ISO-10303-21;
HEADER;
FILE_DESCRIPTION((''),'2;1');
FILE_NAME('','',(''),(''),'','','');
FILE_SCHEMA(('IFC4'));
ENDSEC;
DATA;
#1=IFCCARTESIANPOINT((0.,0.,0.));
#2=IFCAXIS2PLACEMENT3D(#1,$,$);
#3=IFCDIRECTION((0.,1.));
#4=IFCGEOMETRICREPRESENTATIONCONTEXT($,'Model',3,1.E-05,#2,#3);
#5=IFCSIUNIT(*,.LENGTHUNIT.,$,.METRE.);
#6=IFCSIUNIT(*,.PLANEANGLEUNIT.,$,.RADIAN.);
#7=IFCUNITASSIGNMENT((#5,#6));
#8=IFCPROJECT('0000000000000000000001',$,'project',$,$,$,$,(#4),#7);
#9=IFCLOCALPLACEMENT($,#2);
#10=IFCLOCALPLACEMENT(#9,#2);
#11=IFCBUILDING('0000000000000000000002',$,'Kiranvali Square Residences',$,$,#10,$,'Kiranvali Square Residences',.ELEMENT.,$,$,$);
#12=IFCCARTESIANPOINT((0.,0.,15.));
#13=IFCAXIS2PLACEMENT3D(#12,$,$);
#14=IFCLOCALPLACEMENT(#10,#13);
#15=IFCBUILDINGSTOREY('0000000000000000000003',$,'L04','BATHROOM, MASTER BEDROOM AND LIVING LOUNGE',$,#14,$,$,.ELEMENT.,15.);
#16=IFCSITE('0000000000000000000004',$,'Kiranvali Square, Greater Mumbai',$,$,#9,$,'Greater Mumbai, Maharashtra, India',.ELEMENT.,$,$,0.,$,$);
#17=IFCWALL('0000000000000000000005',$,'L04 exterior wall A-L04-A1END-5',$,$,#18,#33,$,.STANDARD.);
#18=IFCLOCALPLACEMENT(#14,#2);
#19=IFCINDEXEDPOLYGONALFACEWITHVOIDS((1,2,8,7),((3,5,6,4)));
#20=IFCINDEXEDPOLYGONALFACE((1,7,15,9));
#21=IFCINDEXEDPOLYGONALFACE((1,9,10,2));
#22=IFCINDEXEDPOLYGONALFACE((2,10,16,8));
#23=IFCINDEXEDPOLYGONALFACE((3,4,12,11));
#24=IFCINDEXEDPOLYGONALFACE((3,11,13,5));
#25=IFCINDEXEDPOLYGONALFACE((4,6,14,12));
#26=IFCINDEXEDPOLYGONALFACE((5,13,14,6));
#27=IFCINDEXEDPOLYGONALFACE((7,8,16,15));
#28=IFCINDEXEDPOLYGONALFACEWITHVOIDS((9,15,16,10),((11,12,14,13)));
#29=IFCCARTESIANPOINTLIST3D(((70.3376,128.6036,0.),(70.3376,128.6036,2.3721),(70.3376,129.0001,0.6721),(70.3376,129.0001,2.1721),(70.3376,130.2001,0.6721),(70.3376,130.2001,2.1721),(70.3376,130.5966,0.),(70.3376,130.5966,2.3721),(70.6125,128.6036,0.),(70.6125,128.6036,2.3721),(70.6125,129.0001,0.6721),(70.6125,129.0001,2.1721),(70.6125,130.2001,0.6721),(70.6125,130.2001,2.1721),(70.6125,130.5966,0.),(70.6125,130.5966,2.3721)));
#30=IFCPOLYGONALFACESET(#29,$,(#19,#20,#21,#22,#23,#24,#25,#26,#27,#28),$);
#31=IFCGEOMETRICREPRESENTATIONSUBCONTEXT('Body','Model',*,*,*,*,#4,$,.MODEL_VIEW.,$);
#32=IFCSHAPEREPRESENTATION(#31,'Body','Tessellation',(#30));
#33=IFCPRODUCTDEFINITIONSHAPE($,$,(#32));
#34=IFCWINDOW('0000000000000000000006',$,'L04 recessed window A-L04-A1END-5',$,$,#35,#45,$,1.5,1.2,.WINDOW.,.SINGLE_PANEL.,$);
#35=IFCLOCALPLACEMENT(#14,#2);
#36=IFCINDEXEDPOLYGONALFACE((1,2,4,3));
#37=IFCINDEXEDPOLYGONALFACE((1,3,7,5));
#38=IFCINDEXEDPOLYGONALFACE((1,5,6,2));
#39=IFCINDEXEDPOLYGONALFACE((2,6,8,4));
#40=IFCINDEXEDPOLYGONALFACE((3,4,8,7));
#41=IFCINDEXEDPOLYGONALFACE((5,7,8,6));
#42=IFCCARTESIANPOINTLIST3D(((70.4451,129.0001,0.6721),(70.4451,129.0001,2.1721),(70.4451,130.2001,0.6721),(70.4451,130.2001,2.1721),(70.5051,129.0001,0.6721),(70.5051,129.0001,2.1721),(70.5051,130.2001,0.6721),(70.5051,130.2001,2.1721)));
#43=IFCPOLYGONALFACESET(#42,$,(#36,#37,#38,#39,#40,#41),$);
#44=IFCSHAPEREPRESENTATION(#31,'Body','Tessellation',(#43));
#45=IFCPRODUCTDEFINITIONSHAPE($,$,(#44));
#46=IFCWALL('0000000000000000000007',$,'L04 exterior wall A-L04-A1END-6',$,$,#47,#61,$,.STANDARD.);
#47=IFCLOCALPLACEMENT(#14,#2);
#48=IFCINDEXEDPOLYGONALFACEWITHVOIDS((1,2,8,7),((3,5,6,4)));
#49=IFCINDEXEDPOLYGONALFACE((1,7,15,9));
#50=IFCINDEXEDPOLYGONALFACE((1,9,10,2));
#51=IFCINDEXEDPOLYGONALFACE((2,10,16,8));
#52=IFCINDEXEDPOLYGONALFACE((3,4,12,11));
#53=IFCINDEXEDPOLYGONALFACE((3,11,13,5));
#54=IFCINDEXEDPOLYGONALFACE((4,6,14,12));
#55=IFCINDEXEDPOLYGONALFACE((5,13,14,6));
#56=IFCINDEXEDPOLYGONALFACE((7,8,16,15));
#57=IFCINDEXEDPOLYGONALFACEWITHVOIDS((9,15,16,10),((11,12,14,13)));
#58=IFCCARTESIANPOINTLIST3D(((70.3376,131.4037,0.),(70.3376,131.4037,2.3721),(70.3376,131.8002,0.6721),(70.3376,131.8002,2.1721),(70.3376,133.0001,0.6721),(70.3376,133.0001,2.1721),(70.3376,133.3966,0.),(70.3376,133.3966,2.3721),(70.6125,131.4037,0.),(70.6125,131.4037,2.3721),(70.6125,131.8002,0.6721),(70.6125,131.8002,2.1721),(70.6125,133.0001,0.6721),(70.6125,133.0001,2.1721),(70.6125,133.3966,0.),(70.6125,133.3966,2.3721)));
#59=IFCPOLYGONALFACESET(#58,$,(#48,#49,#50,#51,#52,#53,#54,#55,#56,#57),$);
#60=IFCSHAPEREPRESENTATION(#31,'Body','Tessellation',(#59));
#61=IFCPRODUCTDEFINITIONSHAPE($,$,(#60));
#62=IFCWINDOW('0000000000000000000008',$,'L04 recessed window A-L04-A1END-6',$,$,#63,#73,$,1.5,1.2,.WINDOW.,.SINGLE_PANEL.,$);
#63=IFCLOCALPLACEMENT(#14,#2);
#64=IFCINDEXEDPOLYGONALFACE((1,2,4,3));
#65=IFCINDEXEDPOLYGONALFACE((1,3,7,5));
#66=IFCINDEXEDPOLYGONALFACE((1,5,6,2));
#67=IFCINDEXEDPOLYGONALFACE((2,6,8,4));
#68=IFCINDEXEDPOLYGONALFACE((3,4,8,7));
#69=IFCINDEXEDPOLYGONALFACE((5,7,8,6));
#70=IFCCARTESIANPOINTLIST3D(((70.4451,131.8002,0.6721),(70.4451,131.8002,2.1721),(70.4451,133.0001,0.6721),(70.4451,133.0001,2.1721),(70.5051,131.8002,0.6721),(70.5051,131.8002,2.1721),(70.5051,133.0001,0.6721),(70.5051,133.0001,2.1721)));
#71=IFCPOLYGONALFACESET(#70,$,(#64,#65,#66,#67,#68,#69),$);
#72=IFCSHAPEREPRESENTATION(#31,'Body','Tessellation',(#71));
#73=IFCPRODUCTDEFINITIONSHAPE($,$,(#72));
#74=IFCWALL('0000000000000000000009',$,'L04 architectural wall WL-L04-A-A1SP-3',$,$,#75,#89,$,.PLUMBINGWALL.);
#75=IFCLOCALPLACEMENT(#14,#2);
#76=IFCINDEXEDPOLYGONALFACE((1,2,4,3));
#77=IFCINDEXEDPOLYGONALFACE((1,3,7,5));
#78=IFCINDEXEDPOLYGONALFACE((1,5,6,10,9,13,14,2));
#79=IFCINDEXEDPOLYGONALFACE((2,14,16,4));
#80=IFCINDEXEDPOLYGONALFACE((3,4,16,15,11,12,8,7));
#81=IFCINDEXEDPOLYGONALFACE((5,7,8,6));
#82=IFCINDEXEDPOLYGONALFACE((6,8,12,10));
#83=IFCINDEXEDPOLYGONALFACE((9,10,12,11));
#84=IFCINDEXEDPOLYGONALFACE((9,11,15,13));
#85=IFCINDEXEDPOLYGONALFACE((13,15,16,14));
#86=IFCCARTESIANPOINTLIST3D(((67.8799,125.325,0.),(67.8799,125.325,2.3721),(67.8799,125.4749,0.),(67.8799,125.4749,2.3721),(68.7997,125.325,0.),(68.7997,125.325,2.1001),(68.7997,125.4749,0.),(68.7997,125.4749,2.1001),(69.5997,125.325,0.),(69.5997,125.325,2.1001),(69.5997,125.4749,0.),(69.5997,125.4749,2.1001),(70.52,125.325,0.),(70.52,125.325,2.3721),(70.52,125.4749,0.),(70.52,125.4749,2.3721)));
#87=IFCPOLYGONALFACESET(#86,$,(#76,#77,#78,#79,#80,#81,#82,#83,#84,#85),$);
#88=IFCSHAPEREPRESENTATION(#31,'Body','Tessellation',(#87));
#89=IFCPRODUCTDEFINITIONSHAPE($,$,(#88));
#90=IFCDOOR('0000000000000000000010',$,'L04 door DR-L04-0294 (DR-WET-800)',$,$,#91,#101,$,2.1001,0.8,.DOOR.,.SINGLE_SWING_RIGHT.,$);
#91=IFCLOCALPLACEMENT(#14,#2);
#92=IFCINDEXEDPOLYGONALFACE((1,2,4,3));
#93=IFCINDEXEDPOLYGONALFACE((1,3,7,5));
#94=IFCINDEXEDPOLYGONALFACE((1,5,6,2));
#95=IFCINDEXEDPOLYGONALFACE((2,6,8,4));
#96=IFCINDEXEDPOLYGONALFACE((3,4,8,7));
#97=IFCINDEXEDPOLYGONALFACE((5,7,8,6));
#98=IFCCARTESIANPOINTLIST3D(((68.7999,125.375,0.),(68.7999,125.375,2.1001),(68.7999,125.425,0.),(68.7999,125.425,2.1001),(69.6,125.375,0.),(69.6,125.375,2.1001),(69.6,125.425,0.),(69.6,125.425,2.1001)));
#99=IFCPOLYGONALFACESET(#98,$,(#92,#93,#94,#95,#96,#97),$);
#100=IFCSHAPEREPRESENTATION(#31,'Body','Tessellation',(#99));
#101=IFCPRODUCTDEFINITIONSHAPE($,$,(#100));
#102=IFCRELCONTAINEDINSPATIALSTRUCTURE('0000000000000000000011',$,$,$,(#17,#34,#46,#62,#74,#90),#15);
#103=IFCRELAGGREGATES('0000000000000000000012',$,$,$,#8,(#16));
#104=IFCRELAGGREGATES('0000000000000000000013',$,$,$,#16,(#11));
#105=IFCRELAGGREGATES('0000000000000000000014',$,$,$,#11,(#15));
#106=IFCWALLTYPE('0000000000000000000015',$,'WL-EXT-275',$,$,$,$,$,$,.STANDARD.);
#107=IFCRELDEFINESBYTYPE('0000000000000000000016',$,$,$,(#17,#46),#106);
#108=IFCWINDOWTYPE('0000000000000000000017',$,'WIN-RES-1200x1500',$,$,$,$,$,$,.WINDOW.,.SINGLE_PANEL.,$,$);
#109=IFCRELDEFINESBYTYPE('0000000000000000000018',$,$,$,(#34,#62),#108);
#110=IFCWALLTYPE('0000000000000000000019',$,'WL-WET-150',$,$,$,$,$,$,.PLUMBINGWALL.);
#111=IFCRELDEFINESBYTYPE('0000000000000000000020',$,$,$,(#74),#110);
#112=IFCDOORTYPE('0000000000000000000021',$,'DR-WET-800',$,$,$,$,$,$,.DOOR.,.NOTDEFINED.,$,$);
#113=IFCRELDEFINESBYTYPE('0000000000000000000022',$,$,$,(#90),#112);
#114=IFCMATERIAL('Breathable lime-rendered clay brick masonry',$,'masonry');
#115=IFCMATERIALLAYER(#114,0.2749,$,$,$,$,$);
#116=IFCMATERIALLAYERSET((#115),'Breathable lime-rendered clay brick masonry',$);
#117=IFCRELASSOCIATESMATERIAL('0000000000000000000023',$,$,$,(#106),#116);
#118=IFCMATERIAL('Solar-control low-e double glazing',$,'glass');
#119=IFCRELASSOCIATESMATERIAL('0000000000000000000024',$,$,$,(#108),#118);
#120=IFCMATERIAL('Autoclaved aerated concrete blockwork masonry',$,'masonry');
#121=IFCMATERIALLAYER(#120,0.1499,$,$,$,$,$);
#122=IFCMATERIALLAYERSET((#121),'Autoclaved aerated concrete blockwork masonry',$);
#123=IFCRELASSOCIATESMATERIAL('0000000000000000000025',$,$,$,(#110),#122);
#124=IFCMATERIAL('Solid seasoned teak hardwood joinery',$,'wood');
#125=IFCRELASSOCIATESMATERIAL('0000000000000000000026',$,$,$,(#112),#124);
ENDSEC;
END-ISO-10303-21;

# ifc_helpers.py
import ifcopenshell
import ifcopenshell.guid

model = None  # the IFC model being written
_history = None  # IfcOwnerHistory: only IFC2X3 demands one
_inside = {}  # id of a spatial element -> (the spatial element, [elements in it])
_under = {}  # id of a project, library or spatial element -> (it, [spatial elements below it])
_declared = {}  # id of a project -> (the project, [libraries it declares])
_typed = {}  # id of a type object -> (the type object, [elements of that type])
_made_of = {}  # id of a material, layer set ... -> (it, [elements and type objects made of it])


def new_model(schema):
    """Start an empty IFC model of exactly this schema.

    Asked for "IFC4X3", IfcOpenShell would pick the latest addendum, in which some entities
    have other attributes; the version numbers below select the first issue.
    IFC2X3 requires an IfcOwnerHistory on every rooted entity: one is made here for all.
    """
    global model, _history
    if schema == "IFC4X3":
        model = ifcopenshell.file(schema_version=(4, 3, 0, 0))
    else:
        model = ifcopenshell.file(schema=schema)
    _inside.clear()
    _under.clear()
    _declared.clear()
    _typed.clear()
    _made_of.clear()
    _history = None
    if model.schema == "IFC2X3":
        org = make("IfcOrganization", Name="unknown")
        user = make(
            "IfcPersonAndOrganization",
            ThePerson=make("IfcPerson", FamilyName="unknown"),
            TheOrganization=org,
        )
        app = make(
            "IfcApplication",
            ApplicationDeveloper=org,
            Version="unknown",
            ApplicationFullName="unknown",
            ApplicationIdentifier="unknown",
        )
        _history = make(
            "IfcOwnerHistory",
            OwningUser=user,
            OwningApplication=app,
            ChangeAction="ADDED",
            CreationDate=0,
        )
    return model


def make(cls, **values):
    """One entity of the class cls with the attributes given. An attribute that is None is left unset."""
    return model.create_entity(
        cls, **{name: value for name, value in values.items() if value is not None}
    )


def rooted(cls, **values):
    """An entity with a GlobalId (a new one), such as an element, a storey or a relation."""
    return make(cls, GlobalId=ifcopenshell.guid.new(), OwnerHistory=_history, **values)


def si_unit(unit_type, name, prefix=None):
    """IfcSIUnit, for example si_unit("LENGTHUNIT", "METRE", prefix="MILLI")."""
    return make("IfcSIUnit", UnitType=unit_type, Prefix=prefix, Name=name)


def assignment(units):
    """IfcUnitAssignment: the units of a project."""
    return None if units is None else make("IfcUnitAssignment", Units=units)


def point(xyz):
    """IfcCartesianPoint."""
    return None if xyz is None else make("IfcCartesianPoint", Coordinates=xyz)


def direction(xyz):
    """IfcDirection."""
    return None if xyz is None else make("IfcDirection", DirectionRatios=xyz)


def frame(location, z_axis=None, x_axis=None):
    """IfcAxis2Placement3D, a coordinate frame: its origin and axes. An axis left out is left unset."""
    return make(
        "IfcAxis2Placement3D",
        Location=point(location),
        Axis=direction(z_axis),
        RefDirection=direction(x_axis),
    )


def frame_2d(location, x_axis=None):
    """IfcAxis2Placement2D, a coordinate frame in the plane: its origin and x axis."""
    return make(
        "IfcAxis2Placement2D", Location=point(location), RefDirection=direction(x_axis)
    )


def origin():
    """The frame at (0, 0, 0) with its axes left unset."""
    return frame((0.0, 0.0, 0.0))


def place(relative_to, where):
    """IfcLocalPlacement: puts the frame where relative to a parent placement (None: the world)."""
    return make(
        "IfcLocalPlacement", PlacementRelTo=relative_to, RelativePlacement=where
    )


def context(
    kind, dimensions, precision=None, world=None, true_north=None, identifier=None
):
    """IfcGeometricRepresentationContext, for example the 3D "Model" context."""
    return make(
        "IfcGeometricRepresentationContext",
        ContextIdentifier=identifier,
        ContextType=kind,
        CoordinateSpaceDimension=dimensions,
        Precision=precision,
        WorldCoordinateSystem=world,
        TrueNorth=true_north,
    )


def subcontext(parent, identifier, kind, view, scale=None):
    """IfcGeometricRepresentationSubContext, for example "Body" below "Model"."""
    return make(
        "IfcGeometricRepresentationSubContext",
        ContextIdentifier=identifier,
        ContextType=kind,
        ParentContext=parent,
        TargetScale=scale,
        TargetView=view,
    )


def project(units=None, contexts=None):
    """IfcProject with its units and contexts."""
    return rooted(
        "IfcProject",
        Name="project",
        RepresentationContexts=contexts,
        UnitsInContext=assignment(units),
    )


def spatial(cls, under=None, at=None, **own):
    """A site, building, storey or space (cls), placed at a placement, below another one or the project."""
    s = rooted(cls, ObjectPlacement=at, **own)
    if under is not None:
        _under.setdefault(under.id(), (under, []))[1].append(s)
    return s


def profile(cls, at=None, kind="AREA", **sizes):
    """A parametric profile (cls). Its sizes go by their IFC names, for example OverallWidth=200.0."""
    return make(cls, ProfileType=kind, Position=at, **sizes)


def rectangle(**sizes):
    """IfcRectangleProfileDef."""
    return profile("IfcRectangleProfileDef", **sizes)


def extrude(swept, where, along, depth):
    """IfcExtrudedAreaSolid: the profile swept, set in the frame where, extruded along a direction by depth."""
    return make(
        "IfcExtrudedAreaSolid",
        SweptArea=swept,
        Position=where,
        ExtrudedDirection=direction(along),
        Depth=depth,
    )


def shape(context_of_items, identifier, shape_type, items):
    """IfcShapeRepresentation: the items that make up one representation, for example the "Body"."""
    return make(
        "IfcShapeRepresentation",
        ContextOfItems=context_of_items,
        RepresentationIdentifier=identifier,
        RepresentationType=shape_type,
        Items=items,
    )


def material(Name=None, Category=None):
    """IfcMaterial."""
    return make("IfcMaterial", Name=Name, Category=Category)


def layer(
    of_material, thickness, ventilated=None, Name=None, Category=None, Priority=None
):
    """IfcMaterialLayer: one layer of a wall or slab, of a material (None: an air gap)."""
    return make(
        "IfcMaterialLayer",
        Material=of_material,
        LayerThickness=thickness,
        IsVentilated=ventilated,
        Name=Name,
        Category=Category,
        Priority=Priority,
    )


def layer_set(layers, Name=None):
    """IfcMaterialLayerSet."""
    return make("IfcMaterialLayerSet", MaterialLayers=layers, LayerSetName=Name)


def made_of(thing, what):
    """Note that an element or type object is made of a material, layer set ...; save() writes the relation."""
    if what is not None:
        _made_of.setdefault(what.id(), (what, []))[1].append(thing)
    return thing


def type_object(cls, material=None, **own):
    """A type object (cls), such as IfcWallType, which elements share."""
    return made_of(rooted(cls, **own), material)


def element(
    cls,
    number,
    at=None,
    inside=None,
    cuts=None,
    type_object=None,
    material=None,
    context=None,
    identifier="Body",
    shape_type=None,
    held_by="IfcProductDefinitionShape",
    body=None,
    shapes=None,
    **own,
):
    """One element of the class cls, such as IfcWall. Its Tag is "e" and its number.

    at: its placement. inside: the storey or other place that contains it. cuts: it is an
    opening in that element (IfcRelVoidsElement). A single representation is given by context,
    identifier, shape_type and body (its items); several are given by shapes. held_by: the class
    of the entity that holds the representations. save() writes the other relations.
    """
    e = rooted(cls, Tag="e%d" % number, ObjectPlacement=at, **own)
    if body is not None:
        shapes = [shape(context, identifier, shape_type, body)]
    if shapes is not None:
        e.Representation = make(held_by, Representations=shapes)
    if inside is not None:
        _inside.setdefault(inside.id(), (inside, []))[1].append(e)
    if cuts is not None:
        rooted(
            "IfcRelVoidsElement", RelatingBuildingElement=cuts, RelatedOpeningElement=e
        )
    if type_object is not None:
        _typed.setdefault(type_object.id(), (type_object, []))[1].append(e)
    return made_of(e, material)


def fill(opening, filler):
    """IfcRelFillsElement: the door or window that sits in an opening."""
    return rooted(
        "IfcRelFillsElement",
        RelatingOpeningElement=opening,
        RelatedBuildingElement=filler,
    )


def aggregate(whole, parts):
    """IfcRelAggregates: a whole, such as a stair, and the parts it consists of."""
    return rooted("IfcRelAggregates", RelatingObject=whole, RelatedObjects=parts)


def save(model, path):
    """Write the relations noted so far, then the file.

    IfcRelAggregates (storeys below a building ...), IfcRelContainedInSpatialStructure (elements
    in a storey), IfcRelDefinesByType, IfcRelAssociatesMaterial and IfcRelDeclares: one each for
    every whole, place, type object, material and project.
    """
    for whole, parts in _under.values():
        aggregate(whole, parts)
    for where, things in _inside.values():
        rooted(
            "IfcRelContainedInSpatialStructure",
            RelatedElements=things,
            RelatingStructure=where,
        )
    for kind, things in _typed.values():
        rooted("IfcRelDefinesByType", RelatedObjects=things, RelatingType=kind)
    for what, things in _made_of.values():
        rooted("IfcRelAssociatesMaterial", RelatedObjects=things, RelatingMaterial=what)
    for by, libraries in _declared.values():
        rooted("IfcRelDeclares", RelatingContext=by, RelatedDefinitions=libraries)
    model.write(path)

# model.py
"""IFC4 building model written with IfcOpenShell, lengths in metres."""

from ifc_helpers import new_model, si_unit, direction, frame, frame_2d, origin, place, context, subcontext, project, spatial, rectangle, extrude, material, layer, layer_set, type_object, element, fill, save


model = new_model("IFC4")

# Units and contexts
model_context = context("Model", 3, precision=1e-05, world=origin(), true_north=direction((0.0, 1.0)))
body_context = subcontext(model_context, "Body", "Model", "MODEL_VIEW")
ifc_project = project(units=[si_unit("LENGTHUNIT", "METRE"), si_unit("PLANEANGLEUNIT", "RADIAN")], contexts=[model_context])

# Site, building, storey
site_placement = place(None, origin())
site = spatial("IfcSite", under=ifc_project, at=site_placement, Name="Kiranvali Square, Greater Mumbai", LongName="Greater Mumbai, Maharashtra, India", CompositionType="ELEMENT", RefElevation=0.0)
building_placement = place(site_placement, origin())
building = spatial("IfcBuilding", under=site, at=building_placement, Name="Kiranvali Square Residences", LongName="Kiranvali Square Residences", CompositionType="ELEMENT")
storey_placement = place(building_placement, frame((0.0, 0.0, 15.0)))
storey = spatial("IfcBuildingStorey", under=building, at=storey_placement, Name="L04", Description="BATHROOM, MASTER BEDROOM AND LIVING LOUNGE", CompositionType="ELEMENT", Elevation=15.0)

# Walls, openings, windows
ifc_material_1 = material(Name="Breathable lime-rendered clay brick masonry", Category="masonry")
ifc_layer_1 = layer(ifc_material_1, 0.2749)
ifc_layer_set_1 = layer_set([ifc_layer_1], Name="Breathable lime-rendered clay brick masonry")
wall_type_1 = type_object("IfcWallType", Name="WL-EXT-275", PredefinedType="STANDARD", material=ifc_layer_set_1)
ifc_material_2 = material(Name="Solar-control low-e double glazing", Category="glass")
window_type_1 = type_object("IfcWindowType", Name="WIN-RES-1200x1500", PartitioningType="SINGLE_PANEL", PredefinedType="WINDOW", material=ifc_material_2)
wall_1_placement = place(storey_placement, frame((70.4751, 128.6035, 0.0), z_axis=(0.0, 0.0, 1.0), x_axis=(0.0, 1.0, 0.0)))
wall_1 = element("IfcWall", 1, at=wall_1_placement, inside=storey, type_object=wall_type_1, Name="L04 exterior wall A-L04-A1END-5", PredefinedType="STANDARD", context=body_context, shape_type="SweptSolid", body=[
    extrude(rectangle(XDim=1.9929, YDim=0.2749, at=frame_2d((0.9966, 0.0))), origin(), (0.0, 0.0, 1.0), 2.3721),
])
opening_1_placement = place(wall_1_placement, frame((0.3965, 0.0, 0.6721)))
opening_1 = element("IfcOpeningElement", 2, at=opening_1_placement, cuts=wall_1, PredefinedType="OPENING", context=body_context, shape_type="SweptSolid", body=[
    extrude(rectangle(XDim=1.2, YDim=1.5, at=frame_2d((0.6001, 0.75))), frame((0.0, 0.1475, 0.0), z_axis=(0.0, -1.0, 0.0), x_axis=(1.0, 0.0, 0.0)), (0.0, 0.0, 1.0), 0.2949),
])
window_1_placement = place(opening_1_placement, origin())
window_1 = element("IfcWindow", 3, at=window_1_placement, inside=storey, type_object=window_type_1, Name="L04 recessed window A-L04-A1END-5", OverallHeight=1.5, OverallWidth=1.2, PartitioningType="SINGLE_PANEL", PredefinedType="WINDOW", context=body_context, shape_type="SweptSolid", body=[
    extrude(rectangle(XDim=1.2, YDim=1.5, at=frame_2d((0.6001, 0.75))), frame((0.0, 0.03, 0.0), z_axis=(0.0, -1.0, 0.0), x_axis=(1.0, 0.0, 0.0)), (0.0, 0.0, 1.0), 0.0601),
])
fill(opening_1, window_1)
wall_2_placement = place(storey_placement, frame((70.4751, 131.4036, 0.0), z_axis=(0.0, 0.0, 1.0), x_axis=(0.0, 1.0, 0.0)))
wall_2 = element("IfcWall", 4, at=wall_2_placement, inside=storey, type_object=wall_type_1, Name="L04 exterior wall A-L04-A1END-6", PredefinedType="STANDARD", context=body_context, shape_type="SweptSolid", body=[
    extrude(rectangle(XDim=1.9929, YDim=0.2749, at=frame_2d((0.9966, 0.0))), origin(), (0.0, 0.0, 1.0), 2.3721),
])
opening_2_placement = place(wall_2_placement, frame((0.3965, 0.0, 0.6721)))
opening_2 = element("IfcOpeningElement", 5, at=opening_2_placement, cuts=wall_2, PredefinedType="OPENING", context=body_context, shape_type="SweptSolid", body=[
    extrude(rectangle(XDim=1.2, YDim=1.5, at=frame_2d((0.6001, 0.75))), frame((0.0, 0.1475, 0.0), z_axis=(0.0, -1.0, 0.0), x_axis=(1.0, 0.0, 0.0)), (0.0, 0.0, 1.0), 0.2949),
])
window_2_placement = place(opening_2_placement, origin())
window_2 = element("IfcWindow", 6, at=window_2_placement, inside=storey, type_object=window_type_1, Name="L04 recessed window A-L04-A1END-6", OverallHeight=1.5, OverallWidth=1.2, PartitioningType="SINGLE_PANEL", PredefinedType="WINDOW", context=body_context, shape_type="SweptSolid", body=[
    extrude(rectangle(XDim=1.2, YDim=1.5, at=frame_2d((0.6001, 0.75))), frame((0.0, 0.03, 0.0), z_axis=(0.0, -1.0, 0.0), x_axis=(1.0, 0.0, 0.0)), (0.0, 0.0, 1.0), 0.0601),
])
fill(opening_2, window_2)

# Wall, opening, door
ifc_material_3 = material(Name="Autoclaved aerated concrete blockwork masonry", Category="masonry")
ifc_layer_2 = layer(ifc_material_3, 0.1499)
ifc_layer_set_2 = layer_set([ifc_layer_2], Name="Autoclaved aerated concrete blockwork masonry")
wall_type_2 = type_object("IfcWallType", Name="WL-WET-150", PredefinedType="PLUMBINGWALL", material=ifc_layer_set_2)
wall_3_placement = place(storey_placement, frame((67.8799, 125.3999, 0.0), z_axis=(0.0, 0.0, 1.0), x_axis=(1.0, 0.0, 0.0)))
wall_3 = element("IfcWall", 7, at=wall_3_placement, inside=storey, type_object=wall_type_2, Name="L04 architectural wall WL-L04-A-A1SP-3", PredefinedType="PLUMBINGWALL", context=body_context, shape_type="SweptSolid", body=[
    extrude(rectangle(XDim=2.6401, YDim=0.1499, at=frame_2d((1.3201, 0.0))), origin(), (0.0, 0.0, 1.0), 2.3721),
])
opening_3_placement = place(wall_3_placement, frame((0.9199, 0.0, 0.0)))
opening_3 = element("IfcOpeningElement", 8, at=opening_3_placement, cuts=wall_3, PredefinedType="OPENING", context=body_context, shape_type="SweptSolid", body=[
    extrude(rectangle(XDim=0.8, YDim=2.1001, at=frame_2d((0.3999, 1.05))), frame((0.0, 0.085, 0.0), z_axis=(0.0, -1.0, 0.0), x_axis=(1.0, 0.0, 0.0)), (0.0, 0.0, 1.0), 0.1699),
])
ifc_material_4 = material(Name="Solid seasoned teak hardwood joinery", Category="wood")
door_type = type_object("IfcDoorType", Name="DR-WET-800", OperationType="NOTDEFINED", PredefinedType="DOOR", material=ifc_material_4)
door_placement = place(opening_3_placement, frame((0.8, 0.0, 0.0), z_axis=(0.0, 0.0, 1.0), x_axis=(-1.0, 0.0, 0.0)))
door = element("IfcDoor", 9, at=door_placement, inside=storey, type_object=door_type, Name="L04 door DR-L04-0294 (DR-WET-800)", OperationType="SINGLE_SWING_RIGHT", OverallHeight=2.1001, OverallWidth=0.8, PredefinedType="DOOR", context=body_context, shape_type="SweptSolid", body=[
    extrude(rectangle(XDim=0.8, YDim=2.1001, at=frame_2d((0.3999, 1.05))), frame((0.0, 0.0249, 0.0), z_axis=(0.0, -1.0, 0.0), x_axis=(1.0, 0.0, 0.0)), (0.0, 0.0, 1.0), 0.05),
])
fill(opening_3, door)

save(model, "model.ifc")
